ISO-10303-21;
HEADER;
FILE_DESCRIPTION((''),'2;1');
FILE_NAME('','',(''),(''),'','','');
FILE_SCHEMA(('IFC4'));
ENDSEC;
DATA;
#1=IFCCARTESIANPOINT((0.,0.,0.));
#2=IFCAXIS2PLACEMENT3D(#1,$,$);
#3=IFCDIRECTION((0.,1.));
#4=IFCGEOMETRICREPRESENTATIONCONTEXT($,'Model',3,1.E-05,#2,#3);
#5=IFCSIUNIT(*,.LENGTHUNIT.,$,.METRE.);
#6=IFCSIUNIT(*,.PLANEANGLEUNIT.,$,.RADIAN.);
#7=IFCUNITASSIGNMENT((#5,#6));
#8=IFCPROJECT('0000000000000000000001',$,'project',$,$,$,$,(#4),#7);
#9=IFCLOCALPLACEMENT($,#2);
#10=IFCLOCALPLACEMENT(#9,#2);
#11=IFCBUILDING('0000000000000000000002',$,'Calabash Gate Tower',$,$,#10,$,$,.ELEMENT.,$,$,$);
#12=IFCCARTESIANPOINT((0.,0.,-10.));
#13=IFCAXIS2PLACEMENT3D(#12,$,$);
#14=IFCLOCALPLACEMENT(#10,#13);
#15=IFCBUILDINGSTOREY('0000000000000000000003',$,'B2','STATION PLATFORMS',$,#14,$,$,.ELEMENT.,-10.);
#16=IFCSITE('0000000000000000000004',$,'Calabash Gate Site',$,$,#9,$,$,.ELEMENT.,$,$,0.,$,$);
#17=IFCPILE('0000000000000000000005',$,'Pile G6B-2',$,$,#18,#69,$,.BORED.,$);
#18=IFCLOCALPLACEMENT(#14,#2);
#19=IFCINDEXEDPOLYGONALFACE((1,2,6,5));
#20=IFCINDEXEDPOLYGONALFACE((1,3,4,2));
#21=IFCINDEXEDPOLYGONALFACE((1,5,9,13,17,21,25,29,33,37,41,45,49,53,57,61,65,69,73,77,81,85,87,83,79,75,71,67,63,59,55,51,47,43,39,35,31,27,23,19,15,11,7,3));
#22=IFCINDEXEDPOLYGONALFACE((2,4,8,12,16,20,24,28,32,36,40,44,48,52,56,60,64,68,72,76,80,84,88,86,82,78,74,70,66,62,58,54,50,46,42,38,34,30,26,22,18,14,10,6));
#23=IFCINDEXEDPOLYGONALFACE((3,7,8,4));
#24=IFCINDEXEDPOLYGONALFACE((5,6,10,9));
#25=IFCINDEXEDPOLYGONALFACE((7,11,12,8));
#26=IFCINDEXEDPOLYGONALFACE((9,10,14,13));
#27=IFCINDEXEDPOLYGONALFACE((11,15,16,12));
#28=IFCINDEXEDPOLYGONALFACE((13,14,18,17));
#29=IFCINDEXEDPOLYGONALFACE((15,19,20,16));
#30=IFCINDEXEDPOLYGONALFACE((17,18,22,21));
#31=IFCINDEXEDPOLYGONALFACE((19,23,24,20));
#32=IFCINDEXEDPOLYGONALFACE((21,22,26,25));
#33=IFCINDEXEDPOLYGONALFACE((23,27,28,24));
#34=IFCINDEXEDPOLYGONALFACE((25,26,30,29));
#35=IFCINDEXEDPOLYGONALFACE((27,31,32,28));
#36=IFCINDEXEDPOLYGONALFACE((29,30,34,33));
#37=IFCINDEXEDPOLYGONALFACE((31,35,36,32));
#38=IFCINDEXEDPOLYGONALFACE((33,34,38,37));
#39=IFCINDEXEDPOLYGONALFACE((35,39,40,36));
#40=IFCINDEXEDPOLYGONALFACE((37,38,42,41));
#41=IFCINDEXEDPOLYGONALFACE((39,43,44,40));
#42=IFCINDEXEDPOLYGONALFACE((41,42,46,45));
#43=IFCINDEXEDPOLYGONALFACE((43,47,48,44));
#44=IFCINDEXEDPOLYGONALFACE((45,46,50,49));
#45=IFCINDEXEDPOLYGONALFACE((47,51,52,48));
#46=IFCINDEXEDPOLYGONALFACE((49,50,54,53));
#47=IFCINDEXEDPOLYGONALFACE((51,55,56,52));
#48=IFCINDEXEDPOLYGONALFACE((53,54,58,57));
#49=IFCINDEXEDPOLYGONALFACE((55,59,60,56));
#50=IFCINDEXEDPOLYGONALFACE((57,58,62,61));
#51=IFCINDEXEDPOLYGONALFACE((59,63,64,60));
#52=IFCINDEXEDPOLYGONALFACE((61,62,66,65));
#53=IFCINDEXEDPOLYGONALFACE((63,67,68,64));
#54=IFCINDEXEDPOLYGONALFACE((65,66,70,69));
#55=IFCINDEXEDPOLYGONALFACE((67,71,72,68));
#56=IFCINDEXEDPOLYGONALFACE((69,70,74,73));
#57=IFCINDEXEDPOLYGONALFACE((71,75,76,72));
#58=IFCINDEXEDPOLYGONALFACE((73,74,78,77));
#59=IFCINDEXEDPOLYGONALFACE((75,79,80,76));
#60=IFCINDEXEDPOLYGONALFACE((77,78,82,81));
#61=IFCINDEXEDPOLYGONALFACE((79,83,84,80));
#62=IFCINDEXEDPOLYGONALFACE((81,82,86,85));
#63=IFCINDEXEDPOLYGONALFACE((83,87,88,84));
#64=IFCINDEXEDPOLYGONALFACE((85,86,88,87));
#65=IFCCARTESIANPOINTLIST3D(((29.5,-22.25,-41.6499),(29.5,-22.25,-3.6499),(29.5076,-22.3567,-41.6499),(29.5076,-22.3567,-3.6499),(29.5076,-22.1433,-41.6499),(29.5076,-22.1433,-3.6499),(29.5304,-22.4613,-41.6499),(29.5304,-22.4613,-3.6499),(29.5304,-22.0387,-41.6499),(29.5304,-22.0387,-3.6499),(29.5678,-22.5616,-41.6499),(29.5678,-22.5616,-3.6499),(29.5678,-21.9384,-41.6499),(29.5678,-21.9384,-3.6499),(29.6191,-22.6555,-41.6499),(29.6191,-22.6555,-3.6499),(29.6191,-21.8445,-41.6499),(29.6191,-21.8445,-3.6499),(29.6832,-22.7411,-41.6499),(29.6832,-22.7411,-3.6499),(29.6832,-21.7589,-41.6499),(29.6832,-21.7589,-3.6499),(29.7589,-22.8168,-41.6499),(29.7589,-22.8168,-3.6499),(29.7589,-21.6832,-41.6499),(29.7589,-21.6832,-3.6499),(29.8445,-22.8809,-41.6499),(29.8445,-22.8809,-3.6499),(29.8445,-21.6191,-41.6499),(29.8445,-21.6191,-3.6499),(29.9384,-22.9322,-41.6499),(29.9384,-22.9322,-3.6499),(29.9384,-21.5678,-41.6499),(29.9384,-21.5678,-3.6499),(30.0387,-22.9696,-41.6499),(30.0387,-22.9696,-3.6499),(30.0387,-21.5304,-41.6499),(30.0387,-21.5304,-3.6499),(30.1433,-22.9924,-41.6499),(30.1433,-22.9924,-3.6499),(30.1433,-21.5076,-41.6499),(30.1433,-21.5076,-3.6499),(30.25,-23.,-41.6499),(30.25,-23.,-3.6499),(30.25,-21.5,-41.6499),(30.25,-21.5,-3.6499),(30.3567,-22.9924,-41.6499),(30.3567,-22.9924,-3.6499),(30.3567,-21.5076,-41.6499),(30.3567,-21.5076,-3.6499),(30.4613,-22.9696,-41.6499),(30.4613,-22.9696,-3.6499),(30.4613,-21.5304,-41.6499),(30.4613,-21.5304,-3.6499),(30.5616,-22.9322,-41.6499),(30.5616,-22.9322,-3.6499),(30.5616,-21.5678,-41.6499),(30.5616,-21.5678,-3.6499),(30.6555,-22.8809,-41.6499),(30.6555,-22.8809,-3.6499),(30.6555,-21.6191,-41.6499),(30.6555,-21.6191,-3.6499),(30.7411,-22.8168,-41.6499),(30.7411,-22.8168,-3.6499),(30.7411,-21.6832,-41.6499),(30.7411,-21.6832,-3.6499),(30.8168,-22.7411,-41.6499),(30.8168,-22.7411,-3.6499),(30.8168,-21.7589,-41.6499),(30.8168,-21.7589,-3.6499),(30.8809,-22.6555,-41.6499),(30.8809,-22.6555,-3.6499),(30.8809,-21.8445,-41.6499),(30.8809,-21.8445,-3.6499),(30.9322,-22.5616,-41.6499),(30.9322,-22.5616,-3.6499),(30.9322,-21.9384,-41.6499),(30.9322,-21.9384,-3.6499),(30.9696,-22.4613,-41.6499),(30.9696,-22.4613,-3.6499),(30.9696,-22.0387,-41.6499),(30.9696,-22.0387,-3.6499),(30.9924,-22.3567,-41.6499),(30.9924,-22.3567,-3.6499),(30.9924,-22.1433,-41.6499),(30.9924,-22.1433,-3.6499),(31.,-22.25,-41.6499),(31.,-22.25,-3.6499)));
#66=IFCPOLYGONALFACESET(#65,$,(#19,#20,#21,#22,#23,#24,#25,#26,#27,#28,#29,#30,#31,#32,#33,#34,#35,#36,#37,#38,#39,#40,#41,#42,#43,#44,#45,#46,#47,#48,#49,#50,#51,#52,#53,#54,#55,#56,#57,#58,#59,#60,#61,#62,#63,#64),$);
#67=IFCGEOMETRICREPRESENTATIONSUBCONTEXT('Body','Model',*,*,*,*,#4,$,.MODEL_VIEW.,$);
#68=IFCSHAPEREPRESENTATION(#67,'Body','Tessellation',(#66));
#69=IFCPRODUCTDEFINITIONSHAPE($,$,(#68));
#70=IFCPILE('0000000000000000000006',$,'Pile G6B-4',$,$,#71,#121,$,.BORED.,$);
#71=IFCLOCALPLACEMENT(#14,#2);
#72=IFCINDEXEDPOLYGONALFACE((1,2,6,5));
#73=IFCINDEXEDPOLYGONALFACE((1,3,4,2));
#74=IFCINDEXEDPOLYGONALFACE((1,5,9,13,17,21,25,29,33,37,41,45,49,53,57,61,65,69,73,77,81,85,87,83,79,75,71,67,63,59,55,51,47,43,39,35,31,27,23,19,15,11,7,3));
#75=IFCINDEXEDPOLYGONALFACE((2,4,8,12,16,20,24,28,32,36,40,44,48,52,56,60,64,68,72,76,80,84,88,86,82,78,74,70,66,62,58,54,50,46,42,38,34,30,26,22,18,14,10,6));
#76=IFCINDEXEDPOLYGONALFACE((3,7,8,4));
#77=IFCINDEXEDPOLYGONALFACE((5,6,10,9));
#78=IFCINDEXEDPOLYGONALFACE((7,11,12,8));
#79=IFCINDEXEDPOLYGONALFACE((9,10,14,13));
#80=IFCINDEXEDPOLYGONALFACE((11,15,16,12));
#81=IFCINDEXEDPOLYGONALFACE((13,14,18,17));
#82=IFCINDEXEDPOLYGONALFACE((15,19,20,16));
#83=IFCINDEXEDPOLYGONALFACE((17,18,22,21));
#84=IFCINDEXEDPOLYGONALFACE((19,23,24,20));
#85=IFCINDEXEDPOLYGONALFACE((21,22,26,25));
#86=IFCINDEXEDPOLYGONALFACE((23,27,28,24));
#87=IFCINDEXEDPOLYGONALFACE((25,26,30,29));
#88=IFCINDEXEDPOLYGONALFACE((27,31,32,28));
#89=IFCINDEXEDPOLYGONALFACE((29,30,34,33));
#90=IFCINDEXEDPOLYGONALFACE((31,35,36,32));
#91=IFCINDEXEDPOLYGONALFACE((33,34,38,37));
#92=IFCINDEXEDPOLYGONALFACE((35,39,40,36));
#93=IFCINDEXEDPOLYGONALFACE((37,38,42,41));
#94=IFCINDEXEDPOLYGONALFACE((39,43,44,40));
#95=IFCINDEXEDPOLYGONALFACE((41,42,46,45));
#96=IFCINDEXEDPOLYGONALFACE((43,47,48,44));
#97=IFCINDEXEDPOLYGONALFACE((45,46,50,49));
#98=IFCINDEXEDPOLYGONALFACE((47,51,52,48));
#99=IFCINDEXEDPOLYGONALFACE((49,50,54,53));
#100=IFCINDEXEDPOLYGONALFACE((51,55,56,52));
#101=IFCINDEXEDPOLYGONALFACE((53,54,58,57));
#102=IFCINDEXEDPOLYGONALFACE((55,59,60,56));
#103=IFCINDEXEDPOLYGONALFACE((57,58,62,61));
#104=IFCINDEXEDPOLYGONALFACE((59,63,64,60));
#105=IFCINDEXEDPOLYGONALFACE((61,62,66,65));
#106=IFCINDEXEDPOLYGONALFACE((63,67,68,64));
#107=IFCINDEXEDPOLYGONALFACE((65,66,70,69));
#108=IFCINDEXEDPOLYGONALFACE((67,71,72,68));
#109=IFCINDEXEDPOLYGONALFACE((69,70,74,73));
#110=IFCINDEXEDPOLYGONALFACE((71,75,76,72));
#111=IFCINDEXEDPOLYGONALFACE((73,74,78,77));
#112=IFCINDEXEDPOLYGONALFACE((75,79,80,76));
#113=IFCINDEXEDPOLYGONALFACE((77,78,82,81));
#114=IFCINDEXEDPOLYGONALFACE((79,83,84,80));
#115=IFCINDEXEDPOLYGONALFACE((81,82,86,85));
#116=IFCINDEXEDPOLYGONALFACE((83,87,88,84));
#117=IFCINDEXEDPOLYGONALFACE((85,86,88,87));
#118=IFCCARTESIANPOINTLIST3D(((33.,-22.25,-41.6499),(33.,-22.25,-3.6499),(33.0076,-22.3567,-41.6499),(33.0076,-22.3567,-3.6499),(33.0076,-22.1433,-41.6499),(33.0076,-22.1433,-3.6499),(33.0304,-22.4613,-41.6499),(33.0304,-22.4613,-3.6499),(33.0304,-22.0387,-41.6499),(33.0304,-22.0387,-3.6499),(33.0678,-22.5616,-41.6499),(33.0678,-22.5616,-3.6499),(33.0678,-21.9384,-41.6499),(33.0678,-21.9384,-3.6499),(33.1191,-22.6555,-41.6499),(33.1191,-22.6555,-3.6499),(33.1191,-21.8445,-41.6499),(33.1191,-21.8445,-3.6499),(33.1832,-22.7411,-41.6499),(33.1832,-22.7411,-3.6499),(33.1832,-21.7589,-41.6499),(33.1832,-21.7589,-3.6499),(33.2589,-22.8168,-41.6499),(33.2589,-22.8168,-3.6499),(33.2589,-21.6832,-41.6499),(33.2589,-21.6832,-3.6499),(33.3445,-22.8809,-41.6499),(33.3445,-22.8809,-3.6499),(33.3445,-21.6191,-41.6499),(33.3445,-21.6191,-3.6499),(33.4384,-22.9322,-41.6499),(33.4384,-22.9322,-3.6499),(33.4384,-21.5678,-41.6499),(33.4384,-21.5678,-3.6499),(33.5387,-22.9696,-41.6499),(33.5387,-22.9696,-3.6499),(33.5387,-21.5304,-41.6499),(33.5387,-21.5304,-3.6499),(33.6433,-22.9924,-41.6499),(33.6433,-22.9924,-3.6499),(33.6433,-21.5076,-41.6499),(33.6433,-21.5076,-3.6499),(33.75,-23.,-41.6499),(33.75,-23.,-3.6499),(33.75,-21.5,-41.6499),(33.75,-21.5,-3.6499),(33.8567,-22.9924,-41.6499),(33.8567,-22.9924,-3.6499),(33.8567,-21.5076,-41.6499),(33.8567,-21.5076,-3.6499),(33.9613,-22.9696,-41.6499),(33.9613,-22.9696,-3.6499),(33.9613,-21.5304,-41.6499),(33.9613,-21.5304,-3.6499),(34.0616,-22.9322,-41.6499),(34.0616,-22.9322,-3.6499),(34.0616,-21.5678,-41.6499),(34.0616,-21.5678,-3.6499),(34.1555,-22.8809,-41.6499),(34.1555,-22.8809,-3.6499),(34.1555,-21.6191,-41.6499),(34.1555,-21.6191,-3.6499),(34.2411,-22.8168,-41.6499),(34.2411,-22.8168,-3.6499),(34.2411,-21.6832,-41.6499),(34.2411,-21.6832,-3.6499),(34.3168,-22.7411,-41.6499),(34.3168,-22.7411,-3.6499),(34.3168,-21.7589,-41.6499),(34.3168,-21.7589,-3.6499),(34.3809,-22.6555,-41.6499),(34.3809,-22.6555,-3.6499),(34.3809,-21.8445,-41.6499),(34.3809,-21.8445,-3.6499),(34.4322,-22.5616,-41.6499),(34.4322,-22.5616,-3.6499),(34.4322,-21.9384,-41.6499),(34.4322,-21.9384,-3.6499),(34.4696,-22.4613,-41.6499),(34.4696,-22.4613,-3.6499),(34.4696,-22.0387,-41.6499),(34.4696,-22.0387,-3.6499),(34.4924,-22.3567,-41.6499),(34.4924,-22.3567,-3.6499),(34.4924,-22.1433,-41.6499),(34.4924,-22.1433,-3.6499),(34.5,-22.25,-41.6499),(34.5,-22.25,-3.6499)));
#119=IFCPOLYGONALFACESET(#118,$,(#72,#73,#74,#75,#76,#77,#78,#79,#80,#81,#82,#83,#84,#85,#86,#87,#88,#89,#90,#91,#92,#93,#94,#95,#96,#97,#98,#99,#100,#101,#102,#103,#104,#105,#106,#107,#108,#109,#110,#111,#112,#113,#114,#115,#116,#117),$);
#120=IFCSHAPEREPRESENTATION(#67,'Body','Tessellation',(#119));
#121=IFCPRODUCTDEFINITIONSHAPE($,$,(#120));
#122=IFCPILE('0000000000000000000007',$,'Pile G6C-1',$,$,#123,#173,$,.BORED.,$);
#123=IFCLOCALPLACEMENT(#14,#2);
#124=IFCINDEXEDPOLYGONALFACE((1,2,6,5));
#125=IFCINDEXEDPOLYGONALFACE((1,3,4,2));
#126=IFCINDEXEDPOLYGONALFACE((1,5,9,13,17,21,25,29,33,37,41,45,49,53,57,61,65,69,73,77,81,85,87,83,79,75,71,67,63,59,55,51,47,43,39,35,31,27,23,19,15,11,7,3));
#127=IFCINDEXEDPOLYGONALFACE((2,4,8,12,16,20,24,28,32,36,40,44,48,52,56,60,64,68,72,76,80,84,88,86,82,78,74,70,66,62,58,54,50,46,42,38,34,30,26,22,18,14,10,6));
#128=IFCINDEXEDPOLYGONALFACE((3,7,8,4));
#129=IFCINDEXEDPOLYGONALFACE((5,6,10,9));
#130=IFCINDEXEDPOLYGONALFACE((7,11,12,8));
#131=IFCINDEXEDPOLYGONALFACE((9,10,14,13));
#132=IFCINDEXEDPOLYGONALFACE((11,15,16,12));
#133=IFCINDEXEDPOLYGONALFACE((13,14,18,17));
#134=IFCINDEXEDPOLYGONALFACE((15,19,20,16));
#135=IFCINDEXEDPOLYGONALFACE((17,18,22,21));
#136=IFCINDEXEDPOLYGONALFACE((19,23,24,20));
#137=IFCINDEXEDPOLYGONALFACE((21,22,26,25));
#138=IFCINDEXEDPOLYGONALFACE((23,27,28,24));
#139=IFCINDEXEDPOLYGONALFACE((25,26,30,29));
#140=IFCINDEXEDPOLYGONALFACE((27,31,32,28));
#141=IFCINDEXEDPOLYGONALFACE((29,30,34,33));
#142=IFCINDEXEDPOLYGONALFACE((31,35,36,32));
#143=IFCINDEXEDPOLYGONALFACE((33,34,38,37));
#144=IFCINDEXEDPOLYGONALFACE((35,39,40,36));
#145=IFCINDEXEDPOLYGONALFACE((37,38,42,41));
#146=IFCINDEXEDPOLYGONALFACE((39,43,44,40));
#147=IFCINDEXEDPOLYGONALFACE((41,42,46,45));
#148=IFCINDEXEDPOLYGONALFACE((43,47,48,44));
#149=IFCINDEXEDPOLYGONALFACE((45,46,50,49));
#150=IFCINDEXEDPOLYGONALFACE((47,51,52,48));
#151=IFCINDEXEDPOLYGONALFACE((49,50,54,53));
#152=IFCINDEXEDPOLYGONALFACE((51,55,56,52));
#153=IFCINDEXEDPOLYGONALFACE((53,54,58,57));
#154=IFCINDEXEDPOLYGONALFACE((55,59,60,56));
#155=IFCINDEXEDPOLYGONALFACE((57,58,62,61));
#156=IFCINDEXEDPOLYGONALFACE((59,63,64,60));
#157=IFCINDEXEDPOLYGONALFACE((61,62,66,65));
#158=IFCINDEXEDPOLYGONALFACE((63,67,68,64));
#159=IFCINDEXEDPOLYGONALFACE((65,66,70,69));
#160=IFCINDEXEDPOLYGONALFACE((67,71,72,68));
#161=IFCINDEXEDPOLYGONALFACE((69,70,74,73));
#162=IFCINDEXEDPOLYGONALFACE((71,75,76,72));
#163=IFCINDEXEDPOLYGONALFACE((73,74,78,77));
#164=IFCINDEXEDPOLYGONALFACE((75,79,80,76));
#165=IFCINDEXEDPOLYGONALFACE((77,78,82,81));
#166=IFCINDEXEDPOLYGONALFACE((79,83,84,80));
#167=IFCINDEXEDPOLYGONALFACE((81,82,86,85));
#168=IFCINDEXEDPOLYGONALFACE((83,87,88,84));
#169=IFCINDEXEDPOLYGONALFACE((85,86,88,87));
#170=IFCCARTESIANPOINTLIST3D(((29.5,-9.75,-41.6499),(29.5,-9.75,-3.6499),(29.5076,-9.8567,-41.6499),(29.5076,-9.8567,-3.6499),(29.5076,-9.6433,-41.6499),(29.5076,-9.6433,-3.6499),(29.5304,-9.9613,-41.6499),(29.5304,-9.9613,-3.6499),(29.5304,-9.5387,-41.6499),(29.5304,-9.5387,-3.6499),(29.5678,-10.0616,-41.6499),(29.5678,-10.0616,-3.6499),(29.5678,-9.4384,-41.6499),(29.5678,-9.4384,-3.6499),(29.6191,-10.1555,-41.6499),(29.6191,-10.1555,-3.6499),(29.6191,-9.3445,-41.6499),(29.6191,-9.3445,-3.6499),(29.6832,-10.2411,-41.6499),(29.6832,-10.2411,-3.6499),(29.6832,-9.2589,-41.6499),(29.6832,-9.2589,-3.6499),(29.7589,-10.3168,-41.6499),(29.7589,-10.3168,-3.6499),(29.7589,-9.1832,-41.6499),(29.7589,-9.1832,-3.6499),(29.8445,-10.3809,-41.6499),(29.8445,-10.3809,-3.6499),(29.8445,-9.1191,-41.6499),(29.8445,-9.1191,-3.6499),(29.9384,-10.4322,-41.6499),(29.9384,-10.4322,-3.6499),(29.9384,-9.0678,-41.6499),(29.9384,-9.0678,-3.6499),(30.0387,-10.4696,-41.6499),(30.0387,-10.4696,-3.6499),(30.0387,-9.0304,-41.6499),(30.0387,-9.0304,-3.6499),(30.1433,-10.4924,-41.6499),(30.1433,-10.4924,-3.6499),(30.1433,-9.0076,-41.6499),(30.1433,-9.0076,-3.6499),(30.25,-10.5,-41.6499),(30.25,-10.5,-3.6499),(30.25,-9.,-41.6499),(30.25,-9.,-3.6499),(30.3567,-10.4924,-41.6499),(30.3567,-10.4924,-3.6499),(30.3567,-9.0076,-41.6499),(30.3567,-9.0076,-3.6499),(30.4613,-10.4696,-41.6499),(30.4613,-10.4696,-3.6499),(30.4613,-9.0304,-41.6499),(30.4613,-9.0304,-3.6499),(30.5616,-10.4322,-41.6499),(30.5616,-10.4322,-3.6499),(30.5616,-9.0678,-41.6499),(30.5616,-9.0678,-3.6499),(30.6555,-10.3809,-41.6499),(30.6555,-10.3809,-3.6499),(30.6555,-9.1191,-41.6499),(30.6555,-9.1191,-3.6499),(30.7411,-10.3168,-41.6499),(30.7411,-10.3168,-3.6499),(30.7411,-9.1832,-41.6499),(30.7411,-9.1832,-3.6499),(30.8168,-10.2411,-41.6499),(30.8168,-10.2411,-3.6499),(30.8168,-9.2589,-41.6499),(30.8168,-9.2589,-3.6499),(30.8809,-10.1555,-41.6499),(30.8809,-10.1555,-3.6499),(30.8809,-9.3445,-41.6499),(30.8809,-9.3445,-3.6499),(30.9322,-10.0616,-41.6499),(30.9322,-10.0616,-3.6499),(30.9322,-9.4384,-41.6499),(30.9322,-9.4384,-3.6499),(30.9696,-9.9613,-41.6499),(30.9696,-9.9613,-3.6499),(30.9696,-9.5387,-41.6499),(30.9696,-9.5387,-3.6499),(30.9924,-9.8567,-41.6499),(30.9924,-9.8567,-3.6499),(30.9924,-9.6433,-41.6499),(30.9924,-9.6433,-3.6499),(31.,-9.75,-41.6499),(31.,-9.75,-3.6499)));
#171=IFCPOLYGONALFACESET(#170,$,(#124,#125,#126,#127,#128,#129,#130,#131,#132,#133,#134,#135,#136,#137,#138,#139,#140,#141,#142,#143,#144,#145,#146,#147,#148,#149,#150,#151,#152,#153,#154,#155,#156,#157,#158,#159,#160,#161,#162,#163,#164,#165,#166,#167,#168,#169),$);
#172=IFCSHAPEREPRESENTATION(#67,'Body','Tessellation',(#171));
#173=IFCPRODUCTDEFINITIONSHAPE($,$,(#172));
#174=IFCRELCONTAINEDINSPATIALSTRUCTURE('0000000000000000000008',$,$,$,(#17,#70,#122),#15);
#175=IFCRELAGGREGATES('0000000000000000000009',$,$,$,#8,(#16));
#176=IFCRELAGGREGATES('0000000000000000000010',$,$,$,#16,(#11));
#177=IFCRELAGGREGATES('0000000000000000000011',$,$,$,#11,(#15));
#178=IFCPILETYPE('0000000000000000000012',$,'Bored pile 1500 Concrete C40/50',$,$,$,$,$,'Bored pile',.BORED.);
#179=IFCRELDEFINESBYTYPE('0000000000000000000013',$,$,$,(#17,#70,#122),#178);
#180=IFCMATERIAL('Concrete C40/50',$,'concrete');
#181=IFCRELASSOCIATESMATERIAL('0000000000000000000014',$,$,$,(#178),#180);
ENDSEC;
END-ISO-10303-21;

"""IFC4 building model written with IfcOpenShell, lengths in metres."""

from ifc_helpers import new_model, si_unit, direction, frame, origin, origin_2d, place, context, subcontext, project, spatial, circle, extrude, material, material_profile, profile_set, type_object, element, save


model = new_model("IFC4")

# Units and contexts
model_context = context("Model", 3, precision=1e-05, world=origin(), true_north=direction((0.0, 1.0)))
body_context = subcontext(model_context, "Body", "Model", "MODEL_VIEW")
ifc_project = project(units=[si_unit("LENGTHUNIT", "METRE"), si_unit("PLANEANGLEUNIT", "RADIAN")], contexts=[model_context])

# Site, building, storey
site_placement = place(None, origin())
site = spatial("IfcSite", under=ifc_project, at=site_placement, Name="Calabash Gate Site", CompositionType="ELEMENT", RefElevation=0.0)
building_placement = place(site_placement, origin())
building = spatial("IfcBuilding", under=site, at=building_placement, Name="Calabash Gate Tower", CompositionType="ELEMENT")
storey_placement = place(building_placement, frame((0.0, 0.0, -10.0)))
storey = spatial("IfcBuildingStorey", under=building, at=storey_placement, Name="B2", Description="STATION PLATFORMS", CompositionType="ELEMENT", Elevation=-10.0)

# Piles
ifc_material_1 = material(Name="Concrete C40/50", Category="concrete")
ifc_material_profile_1 = material_profile(ifc_material_1, circle(Radius=0.75, at=origin_2d()))
ifc_profile_set_1 = profile_set([ifc_material_profile_1], Name="Concrete C40/50")
pile_type_1 = type_object("IfcPileType", Name="Bored pile 1500 Concrete C40/50", ElementType="Bored pile", PredefinedType="BORED", material=ifc_profile_set_1)
for number, where, z_axis, x_axis, name in (
    (1, (30.25, -22.25, -3.6499), (0.0, 0.0, -1.0), (1.0, 0.0, 0.0), "Pile G6B-2"),
    (2, (33.75, -22.25, -3.6499), (0.0, 0.0, -1.0), (1.0, 0.0, 0.0), "Pile G6B-4"),
    (3, (30.25, -9.75, -3.6499), (0.0, 0.0, -1.0), (1.0, 0.0, 0.0), "Pile G6C-1"),
):
    element("IfcPile", number, at=place(storey_placement, frame(where, z_axis=z_axis, x_axis=x_axis)), inside=storey, type_object=pile_type_1, Name=name, PredefinedType="BORED", context=body_context, shape_type="SweptSolid", body=[
        extrude(circle(Radius=0.75, at=origin_2d()), origin(), (0.0, 0.0, 1.0), 38.0),
    ])

save(model, "model.ifc")
